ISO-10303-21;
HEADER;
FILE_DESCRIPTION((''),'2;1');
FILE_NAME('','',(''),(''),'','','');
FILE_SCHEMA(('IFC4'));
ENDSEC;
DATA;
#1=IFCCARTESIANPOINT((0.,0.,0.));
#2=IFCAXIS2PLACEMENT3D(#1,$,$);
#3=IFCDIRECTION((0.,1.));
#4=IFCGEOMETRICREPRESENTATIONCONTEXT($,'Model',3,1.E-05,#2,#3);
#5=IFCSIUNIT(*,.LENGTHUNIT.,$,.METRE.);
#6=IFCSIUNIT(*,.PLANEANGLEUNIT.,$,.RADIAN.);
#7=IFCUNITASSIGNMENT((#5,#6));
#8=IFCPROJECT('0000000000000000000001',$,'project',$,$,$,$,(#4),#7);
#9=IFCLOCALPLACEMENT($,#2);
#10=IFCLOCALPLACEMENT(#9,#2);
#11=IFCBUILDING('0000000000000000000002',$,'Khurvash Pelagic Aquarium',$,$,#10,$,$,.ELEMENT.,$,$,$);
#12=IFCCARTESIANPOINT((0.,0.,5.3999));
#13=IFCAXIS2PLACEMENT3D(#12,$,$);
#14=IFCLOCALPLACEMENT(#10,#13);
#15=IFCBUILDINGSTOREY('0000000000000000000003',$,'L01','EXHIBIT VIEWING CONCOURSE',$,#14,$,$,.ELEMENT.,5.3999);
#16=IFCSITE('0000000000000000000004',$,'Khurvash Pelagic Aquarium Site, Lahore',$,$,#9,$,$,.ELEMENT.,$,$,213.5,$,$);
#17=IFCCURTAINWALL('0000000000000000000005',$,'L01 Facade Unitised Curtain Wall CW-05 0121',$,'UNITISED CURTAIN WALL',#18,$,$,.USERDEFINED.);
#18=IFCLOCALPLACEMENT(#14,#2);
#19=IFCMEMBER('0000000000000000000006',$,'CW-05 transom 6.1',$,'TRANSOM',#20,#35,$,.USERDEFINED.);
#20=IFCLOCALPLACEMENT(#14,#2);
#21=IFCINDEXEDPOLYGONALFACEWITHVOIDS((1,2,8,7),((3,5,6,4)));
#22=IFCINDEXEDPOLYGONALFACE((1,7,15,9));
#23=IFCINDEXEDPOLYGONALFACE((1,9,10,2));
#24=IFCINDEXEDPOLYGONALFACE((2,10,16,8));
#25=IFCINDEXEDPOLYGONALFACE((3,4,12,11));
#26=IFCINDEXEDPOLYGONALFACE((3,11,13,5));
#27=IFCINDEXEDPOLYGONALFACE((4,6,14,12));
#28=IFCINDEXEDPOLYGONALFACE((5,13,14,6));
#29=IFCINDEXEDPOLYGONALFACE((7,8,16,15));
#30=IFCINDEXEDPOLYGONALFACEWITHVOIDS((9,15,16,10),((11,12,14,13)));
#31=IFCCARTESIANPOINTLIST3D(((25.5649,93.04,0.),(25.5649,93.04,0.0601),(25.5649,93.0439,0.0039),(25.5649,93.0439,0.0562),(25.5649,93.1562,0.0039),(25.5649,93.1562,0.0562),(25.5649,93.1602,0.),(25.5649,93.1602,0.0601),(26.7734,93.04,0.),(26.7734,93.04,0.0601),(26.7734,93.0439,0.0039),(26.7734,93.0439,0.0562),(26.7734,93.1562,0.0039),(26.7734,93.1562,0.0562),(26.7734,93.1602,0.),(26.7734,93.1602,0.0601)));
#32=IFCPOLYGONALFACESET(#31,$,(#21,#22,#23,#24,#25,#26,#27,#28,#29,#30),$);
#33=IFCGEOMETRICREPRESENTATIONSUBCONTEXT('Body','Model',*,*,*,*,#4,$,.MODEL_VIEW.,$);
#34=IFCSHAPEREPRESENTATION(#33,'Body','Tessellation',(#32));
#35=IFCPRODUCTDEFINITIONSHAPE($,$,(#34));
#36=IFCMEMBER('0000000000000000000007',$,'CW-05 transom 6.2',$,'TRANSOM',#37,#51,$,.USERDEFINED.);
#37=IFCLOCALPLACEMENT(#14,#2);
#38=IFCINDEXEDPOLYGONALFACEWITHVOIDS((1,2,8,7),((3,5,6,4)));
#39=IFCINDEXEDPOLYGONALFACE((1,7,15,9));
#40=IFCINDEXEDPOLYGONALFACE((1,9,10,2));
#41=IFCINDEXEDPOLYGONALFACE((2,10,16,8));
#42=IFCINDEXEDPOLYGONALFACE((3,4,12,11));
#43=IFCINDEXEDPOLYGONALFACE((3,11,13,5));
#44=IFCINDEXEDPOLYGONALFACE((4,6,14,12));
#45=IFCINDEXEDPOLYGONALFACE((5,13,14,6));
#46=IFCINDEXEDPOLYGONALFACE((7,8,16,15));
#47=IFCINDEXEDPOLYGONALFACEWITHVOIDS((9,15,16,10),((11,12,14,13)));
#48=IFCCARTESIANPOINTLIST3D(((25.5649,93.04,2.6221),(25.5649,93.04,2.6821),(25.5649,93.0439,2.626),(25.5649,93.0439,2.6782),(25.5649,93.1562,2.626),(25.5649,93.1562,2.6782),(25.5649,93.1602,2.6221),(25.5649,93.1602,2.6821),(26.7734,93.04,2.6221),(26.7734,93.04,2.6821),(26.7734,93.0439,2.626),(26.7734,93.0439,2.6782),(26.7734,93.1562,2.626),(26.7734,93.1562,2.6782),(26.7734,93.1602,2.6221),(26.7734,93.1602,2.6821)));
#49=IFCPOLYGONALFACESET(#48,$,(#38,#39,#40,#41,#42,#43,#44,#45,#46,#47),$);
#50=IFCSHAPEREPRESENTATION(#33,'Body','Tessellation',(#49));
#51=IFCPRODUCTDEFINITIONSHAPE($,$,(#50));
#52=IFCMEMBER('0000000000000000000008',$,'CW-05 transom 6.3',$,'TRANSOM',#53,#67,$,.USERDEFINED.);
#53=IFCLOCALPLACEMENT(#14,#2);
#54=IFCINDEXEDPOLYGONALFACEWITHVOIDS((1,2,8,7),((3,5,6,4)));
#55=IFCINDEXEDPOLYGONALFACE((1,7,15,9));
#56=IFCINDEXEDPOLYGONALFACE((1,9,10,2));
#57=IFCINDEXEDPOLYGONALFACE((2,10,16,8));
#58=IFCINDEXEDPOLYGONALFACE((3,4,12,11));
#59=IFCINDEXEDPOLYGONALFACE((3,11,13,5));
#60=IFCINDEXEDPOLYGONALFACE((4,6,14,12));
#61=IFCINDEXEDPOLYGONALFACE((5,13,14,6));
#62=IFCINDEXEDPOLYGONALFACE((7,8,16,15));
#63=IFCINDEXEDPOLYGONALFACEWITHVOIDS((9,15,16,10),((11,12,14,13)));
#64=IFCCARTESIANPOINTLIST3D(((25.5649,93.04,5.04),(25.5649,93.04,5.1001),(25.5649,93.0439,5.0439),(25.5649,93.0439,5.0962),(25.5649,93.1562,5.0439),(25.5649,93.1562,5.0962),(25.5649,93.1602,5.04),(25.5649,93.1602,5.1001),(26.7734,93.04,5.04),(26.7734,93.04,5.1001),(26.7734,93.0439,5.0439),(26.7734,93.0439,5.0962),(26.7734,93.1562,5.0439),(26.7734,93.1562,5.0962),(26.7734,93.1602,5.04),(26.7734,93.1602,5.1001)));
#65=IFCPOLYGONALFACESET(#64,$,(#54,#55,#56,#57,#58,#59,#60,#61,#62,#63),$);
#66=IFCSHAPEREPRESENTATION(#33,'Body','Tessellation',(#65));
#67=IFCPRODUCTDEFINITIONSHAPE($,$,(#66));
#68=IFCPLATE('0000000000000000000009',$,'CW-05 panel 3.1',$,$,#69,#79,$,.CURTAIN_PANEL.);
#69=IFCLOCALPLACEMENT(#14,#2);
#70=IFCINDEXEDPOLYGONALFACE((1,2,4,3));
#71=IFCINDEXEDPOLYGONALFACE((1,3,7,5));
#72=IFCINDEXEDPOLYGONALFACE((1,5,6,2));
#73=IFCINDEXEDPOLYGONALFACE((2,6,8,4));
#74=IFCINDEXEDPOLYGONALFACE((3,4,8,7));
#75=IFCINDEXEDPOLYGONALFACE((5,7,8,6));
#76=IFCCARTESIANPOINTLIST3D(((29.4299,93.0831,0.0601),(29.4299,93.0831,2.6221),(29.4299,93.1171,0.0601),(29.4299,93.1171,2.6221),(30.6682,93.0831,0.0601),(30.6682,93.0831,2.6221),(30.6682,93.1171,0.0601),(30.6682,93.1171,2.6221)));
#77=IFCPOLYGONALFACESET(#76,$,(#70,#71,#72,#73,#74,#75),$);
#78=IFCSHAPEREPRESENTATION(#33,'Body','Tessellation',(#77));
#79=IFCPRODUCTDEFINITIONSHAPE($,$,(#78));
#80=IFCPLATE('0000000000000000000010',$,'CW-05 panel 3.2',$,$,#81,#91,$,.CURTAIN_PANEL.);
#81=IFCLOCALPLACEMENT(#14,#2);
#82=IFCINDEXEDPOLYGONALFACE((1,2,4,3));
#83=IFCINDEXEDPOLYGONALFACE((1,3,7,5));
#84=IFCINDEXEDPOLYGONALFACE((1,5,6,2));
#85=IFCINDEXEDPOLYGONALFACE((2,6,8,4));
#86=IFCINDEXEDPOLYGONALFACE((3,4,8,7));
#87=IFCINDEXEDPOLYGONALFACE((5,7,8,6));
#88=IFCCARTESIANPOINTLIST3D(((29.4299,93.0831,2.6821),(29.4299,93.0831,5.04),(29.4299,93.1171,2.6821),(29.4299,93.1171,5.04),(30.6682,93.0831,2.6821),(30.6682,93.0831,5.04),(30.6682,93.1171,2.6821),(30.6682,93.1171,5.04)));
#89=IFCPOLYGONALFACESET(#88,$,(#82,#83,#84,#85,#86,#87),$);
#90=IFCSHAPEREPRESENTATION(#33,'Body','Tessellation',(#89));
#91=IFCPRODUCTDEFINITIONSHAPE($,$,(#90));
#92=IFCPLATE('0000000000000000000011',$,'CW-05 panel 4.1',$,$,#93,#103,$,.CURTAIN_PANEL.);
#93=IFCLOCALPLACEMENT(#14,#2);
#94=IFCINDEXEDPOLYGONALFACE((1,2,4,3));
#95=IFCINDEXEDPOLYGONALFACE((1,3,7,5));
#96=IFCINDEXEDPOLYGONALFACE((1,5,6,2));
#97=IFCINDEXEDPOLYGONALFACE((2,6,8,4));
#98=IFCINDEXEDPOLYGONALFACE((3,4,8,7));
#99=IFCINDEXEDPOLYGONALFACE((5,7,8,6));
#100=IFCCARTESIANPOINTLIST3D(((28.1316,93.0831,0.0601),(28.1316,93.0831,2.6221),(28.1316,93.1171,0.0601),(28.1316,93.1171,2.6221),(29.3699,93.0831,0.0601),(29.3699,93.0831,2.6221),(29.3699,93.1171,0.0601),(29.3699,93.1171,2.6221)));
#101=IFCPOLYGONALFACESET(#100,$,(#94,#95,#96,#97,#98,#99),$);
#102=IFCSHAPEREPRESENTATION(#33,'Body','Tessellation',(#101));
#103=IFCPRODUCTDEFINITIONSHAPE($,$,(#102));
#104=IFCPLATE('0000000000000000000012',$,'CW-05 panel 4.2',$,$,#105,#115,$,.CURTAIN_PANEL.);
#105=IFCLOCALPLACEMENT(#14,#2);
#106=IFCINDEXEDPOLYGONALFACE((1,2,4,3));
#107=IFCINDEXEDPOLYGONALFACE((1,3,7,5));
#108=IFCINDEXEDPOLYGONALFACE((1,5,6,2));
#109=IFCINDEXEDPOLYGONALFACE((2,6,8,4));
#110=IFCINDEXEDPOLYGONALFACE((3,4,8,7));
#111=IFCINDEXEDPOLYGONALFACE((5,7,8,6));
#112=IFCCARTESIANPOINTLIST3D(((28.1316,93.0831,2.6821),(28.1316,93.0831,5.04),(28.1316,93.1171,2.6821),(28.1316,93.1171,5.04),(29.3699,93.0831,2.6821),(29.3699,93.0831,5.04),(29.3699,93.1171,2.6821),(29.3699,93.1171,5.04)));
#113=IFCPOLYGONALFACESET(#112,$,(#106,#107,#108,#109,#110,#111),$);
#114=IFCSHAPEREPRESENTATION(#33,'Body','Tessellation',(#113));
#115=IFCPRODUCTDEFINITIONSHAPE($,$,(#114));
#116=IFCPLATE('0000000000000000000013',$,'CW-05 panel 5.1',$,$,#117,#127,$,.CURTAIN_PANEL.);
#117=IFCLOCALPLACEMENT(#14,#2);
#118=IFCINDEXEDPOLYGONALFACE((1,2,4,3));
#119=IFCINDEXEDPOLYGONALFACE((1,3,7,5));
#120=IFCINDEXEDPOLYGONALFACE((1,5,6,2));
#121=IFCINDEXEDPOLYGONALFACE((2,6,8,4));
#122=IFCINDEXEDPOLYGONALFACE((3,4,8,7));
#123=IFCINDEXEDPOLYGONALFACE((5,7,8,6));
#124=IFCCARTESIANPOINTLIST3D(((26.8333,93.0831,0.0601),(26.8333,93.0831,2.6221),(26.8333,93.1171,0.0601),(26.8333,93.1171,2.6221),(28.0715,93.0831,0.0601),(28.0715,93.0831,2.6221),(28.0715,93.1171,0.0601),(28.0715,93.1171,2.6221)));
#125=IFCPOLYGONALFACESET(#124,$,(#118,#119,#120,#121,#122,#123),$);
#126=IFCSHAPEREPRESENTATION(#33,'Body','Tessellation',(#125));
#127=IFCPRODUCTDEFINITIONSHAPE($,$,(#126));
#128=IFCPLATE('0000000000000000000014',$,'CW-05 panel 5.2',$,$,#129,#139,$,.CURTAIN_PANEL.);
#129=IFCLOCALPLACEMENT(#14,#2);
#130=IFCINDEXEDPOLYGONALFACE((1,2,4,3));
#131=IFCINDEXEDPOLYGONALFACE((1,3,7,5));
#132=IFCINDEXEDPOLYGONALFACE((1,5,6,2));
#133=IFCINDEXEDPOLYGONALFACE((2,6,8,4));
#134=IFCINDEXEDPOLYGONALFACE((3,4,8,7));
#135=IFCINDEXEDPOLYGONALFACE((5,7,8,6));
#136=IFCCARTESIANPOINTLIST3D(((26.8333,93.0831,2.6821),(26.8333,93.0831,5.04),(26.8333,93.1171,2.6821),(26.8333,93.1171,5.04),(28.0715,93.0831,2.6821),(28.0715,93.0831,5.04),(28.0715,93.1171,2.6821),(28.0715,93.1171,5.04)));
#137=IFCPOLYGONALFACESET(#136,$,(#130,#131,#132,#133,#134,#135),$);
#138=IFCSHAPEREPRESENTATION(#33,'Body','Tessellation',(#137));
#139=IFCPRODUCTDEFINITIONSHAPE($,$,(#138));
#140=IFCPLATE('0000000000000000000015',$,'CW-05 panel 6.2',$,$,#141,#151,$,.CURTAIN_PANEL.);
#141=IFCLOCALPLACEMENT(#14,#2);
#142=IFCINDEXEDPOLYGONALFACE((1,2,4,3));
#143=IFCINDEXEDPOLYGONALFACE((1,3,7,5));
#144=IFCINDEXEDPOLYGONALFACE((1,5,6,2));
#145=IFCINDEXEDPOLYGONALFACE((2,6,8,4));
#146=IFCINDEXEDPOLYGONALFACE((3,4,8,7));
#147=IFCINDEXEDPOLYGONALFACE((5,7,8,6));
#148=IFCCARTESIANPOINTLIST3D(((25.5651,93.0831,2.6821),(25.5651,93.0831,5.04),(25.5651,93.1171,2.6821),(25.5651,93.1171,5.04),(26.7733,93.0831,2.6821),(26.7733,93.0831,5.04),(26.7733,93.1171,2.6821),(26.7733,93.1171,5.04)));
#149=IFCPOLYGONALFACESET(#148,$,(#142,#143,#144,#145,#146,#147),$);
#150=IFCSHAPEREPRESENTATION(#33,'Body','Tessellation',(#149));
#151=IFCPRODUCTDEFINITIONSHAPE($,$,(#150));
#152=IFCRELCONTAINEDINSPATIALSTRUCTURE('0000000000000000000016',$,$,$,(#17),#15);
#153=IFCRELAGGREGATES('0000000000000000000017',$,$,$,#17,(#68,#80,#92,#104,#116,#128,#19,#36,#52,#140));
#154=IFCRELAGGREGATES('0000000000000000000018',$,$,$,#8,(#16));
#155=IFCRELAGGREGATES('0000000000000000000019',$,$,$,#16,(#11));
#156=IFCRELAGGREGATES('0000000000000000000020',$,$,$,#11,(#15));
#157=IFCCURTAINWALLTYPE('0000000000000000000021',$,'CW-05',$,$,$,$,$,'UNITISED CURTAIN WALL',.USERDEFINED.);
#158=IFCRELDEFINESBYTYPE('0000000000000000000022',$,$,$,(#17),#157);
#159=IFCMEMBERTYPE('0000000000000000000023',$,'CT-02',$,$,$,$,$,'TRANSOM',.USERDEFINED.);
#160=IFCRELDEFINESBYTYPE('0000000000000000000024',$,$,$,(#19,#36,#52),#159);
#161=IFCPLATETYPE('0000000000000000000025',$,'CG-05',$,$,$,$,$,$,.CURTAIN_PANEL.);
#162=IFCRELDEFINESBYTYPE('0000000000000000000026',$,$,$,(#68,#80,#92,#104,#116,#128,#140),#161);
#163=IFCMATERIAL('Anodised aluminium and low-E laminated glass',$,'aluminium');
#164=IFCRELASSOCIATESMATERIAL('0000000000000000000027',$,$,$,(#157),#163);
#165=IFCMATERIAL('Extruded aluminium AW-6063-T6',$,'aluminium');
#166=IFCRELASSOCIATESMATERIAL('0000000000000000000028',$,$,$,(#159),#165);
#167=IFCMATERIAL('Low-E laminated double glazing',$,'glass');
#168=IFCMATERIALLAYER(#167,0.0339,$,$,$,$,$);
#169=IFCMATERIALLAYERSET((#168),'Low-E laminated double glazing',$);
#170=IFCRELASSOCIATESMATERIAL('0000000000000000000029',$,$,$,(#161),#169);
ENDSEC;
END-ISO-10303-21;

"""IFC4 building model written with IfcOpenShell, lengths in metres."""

from ifc_helpers import new_model, si_unit, direction, frame, origin, origin_2d, place, context, subcontext, project, spatial, rectangle, hollow_rectangle, extrude, material, layer, layer_set, material_profile, profile_set, type_object, element, aggregate, save


model = new_model("IFC4")

# Units and contexts
model_context = context("Model", 3, precision=1e-05, world=origin(), true_north=direction((0.0, 1.0)))
body_context = subcontext(model_context, "Body", "Model", "MODEL_VIEW")
ifc_project = project(units=[si_unit("LENGTHUNIT", "METRE"), si_unit("PLANEANGLEUNIT", "RADIAN")], contexts=[model_context])

# Site, building, storey
site_placement = place(None, origin())
site = spatial("IfcSite", under=ifc_project, at=site_placement, Name="Khurvash Pelagic Aquarium Site, Lahore", CompositionType="ELEMENT", RefElevation=213.5)
building_placement = place(site_placement, origin())
building = spatial("IfcBuilding", under=site, at=building_placement, Name="Khurvash Pelagic Aquarium", CompositionType="ELEMENT")
storey_placement = place(building_placement, frame((0.0, 0.0, 5.3999)))
storey = spatial("IfcBuildingStorey", under=building, at=storey_placement, Name="L01", Description="EXHIBIT VIEWING CONCOURSE", CompositionType="ELEMENT", Elevation=5.3999)

# Curtain wall, members, plates
ifc_material_1 = material(Name="Anodised aluminium and low-E laminated glass", Category="aluminium")
curtain_wall_type = type_object("IfcCurtainWallType", Name="CW-05", ElementType="UNITISED CURTAIN WALL", PredefinedType="USERDEFINED", material=ifc_material_1)
curtain_wall_placement = place(storey_placement, origin())
curtain_wall = element("IfcCurtainWall", 1, at=curtain_wall_placement, inside=storey, type_object=curtain_wall_type, Name="L01 Facade Unitised Curtain Wall CW-05 0121", ObjectType="UNITISED CURTAIN WALL", PredefinedType="USERDEFINED")
ifc_material_2 = material(Name="Extruded aluminium AW-6063-T6", Category="aluminium")
ifc_material_profile_1 = material_profile(ifc_material_2, hollow_rectangle(XDim=0.1201, YDim=0.0601, WallThickness=0.0039, at=origin_2d()), Name="CWT120X60X4")
ifc_profile_set_1 = profile_set([ifc_material_profile_1], Name="Extruded aluminium AW-6063-T6")
member_type_1 = type_object("IfcMemberType", Name="CT-02", ElementType="TRANSOM", PredefinedType="USERDEFINED", material=ifc_profile_set_1)
member_1_placement = place(storey_placement, frame((26.7734, 93.1001, 0.03), z_axis=(-1.0, 0.0, 0.0), x_axis=(0.0, -1.0, 0.0)))
member_1 = element("IfcMember", 2, at=member_1_placement, type_object=member_type_1, Name="CW-05 transom 6.1", ObjectType="TRANSOM", PredefinedType="USERDEFINED", context=body_context, shape_type="SweptSolid", body=[
    extrude(hollow_rectangle(XDim=0.1201, YDim=0.0601, WallThickness=0.0039, at=origin_2d()), origin(), (0.0, 0.0, 1.0), 1.2085),
])
member_2_placement = place(storey_placement, frame((26.7734, 93.1001, 2.6521), z_axis=(-1.0, 0.0, 0.0), x_axis=(0.0, -1.0, 0.0)))
member_2 = element("IfcMember", 3, at=member_2_placement, type_object=member_type_1, Name="CW-05 transom 6.2", ObjectType="TRANSOM", PredefinedType="USERDEFINED", context=body_context, shape_type="SweptSolid", body=[
    extrude(hollow_rectangle(XDim=0.1201, YDim=0.0601, WallThickness=0.0039, at=origin_2d()), origin(), (0.0, 0.0, 1.0), 1.2085),
])
member_3_placement = place(storey_placement, frame((26.7734, 93.1001, 5.0701), z_axis=(-1.0, 0.0, 0.0), x_axis=(0.0, -1.0, 0.0)))
member_3 = element("IfcMember", 4, at=member_3_placement, type_object=member_type_1, Name="CW-05 transom 6.3", ObjectType="TRANSOM", PredefinedType="USERDEFINED", context=body_context, shape_type="SweptSolid", body=[
    extrude(hollow_rectangle(XDim=0.1201, YDim=0.0601, WallThickness=0.0039, at=origin_2d()), origin(), (0.0, 0.0, 1.0), 1.2085),
])
ifc_material_3 = material(Name="Low-E laminated double glazing", Category="glass")
ifc_layer = layer(ifc_material_3, 0.0339)
ifc_layer_set = layer_set([ifc_layer], Name="Low-E laminated double glazing")
plate_type = type_object("IfcPlateType", Name="CG-05", PredefinedType="CURTAIN_PANEL", material=ifc_layer_set)
plate_1_placement = place(storey_placement, frame((30.0491, 93.1001, 0.0601), z_axis=(0.0, 0.0, 1.0), x_axis=(-1.0, 0.0, 0.0)))
plate_1 = element("IfcPlate", 5, at=plate_1_placement, type_object=plate_type, Name="CW-05 panel 3.1", PredefinedType="CURTAIN_PANEL", context=body_context, shape_type="SweptSolid", body=[
    extrude(rectangle(XDim=1.2383, YDim=0.0339, at=origin_2d()), origin(), (0.0, 0.0, 1.0), 2.562),
])
plate_2_placement = place(storey_placement, frame((30.0491, 93.1001, 2.6821), z_axis=(0.0, 0.0, 1.0), x_axis=(-1.0, 0.0, 0.0)))
plate_2 = element("IfcPlate", 6, at=plate_2_placement, type_object=plate_type, Name="CW-05 panel 3.2", PredefinedType="CURTAIN_PANEL", context=body_context, shape_type="SweptSolid", body=[
    extrude(rectangle(XDim=1.2383, YDim=0.0339, at=origin_2d()), origin(), (0.0, 0.0, 1.0), 2.3579),
])
plate_3_placement = place(storey_placement, frame((28.7507, 93.1001, 0.0601), z_axis=(0.0, 0.0, 1.0), x_axis=(-1.0, 0.0, 0.0)))
plate_3 = element("IfcPlate", 7, at=plate_3_placement, type_object=plate_type, Name="CW-05 panel 4.1", PredefinedType="CURTAIN_PANEL", context=body_context, shape_type="SweptSolid", body=[
    extrude(rectangle(XDim=1.2383, YDim=0.0339, at=origin_2d()), origin(), (0.0, 0.0, 1.0), 2.562),
])
plate_4_placement = place(storey_placement, frame((28.7507, 93.1001, 2.6821), z_axis=(0.0, 0.0, 1.0), x_axis=(-1.0, 0.0, 0.0)))
plate_4 = element("IfcPlate", 8, at=plate_4_placement, type_object=plate_type, Name="CW-05 panel 4.2", PredefinedType="CURTAIN_PANEL", context=body_context, shape_type="SweptSolid", body=[
    extrude(rectangle(XDim=1.2383, YDim=0.0339, at=origin_2d()), origin(), (0.0, 0.0, 1.0), 2.3579),
])
plate_5_placement = place(storey_placement, frame((27.4524, 93.1001, 0.0601), z_axis=(0.0, 0.0, 1.0), x_axis=(-1.0, 0.0, 0.0)))
plate_5 = element("IfcPlate", 9, at=plate_5_placement, type_object=plate_type, Name="CW-05 panel 5.1", PredefinedType="CURTAIN_PANEL", context=body_context, shape_type="SweptSolid", body=[
    extrude(rectangle(XDim=1.2383, YDim=0.0339, at=origin_2d()), origin(), (0.0, 0.0, 1.0), 2.562),
])
plate_6_placement = place(storey_placement, frame((27.4524, 93.1001, 2.6821), z_axis=(0.0, 0.0, 1.0), x_axis=(-1.0, 0.0, 0.0)))
plate_6 = element("IfcPlate", 10, at=plate_6_placement, type_object=plate_type, Name="CW-05 panel 5.2", PredefinedType="CURTAIN_PANEL", context=body_context, shape_type="SweptSolid", body=[
    extrude(rectangle(XDim=1.2383, YDim=0.0339, at=origin_2d()), origin(), (0.0, 0.0, 1.0), 2.3579),
])
plate_7_placement = place(storey_placement, frame((26.1692, 93.1001, 2.6821), z_axis=(0.0, 0.0, 1.0), x_axis=(-1.0, 0.0, 0.0)))
plate_7 = element("IfcPlate", 11, at=plate_7_placement, type_object=plate_type, Name="CW-05 panel 6.2", PredefinedType="CURTAIN_PANEL", context=body_context, shape_type="SweptSolid", body=[
    extrude(rectangle(XDim=1.2083, YDim=0.0339, at=origin_2d()), origin(), (0.0, 0.0, 1.0), 2.3579),
])
aggregate(curtain_wall, [plate_1, plate_2, plate_3, plate_4, plate_5, plate_6, member_1, member_2, member_3, plate_7])

save(model, "model.ifc")
